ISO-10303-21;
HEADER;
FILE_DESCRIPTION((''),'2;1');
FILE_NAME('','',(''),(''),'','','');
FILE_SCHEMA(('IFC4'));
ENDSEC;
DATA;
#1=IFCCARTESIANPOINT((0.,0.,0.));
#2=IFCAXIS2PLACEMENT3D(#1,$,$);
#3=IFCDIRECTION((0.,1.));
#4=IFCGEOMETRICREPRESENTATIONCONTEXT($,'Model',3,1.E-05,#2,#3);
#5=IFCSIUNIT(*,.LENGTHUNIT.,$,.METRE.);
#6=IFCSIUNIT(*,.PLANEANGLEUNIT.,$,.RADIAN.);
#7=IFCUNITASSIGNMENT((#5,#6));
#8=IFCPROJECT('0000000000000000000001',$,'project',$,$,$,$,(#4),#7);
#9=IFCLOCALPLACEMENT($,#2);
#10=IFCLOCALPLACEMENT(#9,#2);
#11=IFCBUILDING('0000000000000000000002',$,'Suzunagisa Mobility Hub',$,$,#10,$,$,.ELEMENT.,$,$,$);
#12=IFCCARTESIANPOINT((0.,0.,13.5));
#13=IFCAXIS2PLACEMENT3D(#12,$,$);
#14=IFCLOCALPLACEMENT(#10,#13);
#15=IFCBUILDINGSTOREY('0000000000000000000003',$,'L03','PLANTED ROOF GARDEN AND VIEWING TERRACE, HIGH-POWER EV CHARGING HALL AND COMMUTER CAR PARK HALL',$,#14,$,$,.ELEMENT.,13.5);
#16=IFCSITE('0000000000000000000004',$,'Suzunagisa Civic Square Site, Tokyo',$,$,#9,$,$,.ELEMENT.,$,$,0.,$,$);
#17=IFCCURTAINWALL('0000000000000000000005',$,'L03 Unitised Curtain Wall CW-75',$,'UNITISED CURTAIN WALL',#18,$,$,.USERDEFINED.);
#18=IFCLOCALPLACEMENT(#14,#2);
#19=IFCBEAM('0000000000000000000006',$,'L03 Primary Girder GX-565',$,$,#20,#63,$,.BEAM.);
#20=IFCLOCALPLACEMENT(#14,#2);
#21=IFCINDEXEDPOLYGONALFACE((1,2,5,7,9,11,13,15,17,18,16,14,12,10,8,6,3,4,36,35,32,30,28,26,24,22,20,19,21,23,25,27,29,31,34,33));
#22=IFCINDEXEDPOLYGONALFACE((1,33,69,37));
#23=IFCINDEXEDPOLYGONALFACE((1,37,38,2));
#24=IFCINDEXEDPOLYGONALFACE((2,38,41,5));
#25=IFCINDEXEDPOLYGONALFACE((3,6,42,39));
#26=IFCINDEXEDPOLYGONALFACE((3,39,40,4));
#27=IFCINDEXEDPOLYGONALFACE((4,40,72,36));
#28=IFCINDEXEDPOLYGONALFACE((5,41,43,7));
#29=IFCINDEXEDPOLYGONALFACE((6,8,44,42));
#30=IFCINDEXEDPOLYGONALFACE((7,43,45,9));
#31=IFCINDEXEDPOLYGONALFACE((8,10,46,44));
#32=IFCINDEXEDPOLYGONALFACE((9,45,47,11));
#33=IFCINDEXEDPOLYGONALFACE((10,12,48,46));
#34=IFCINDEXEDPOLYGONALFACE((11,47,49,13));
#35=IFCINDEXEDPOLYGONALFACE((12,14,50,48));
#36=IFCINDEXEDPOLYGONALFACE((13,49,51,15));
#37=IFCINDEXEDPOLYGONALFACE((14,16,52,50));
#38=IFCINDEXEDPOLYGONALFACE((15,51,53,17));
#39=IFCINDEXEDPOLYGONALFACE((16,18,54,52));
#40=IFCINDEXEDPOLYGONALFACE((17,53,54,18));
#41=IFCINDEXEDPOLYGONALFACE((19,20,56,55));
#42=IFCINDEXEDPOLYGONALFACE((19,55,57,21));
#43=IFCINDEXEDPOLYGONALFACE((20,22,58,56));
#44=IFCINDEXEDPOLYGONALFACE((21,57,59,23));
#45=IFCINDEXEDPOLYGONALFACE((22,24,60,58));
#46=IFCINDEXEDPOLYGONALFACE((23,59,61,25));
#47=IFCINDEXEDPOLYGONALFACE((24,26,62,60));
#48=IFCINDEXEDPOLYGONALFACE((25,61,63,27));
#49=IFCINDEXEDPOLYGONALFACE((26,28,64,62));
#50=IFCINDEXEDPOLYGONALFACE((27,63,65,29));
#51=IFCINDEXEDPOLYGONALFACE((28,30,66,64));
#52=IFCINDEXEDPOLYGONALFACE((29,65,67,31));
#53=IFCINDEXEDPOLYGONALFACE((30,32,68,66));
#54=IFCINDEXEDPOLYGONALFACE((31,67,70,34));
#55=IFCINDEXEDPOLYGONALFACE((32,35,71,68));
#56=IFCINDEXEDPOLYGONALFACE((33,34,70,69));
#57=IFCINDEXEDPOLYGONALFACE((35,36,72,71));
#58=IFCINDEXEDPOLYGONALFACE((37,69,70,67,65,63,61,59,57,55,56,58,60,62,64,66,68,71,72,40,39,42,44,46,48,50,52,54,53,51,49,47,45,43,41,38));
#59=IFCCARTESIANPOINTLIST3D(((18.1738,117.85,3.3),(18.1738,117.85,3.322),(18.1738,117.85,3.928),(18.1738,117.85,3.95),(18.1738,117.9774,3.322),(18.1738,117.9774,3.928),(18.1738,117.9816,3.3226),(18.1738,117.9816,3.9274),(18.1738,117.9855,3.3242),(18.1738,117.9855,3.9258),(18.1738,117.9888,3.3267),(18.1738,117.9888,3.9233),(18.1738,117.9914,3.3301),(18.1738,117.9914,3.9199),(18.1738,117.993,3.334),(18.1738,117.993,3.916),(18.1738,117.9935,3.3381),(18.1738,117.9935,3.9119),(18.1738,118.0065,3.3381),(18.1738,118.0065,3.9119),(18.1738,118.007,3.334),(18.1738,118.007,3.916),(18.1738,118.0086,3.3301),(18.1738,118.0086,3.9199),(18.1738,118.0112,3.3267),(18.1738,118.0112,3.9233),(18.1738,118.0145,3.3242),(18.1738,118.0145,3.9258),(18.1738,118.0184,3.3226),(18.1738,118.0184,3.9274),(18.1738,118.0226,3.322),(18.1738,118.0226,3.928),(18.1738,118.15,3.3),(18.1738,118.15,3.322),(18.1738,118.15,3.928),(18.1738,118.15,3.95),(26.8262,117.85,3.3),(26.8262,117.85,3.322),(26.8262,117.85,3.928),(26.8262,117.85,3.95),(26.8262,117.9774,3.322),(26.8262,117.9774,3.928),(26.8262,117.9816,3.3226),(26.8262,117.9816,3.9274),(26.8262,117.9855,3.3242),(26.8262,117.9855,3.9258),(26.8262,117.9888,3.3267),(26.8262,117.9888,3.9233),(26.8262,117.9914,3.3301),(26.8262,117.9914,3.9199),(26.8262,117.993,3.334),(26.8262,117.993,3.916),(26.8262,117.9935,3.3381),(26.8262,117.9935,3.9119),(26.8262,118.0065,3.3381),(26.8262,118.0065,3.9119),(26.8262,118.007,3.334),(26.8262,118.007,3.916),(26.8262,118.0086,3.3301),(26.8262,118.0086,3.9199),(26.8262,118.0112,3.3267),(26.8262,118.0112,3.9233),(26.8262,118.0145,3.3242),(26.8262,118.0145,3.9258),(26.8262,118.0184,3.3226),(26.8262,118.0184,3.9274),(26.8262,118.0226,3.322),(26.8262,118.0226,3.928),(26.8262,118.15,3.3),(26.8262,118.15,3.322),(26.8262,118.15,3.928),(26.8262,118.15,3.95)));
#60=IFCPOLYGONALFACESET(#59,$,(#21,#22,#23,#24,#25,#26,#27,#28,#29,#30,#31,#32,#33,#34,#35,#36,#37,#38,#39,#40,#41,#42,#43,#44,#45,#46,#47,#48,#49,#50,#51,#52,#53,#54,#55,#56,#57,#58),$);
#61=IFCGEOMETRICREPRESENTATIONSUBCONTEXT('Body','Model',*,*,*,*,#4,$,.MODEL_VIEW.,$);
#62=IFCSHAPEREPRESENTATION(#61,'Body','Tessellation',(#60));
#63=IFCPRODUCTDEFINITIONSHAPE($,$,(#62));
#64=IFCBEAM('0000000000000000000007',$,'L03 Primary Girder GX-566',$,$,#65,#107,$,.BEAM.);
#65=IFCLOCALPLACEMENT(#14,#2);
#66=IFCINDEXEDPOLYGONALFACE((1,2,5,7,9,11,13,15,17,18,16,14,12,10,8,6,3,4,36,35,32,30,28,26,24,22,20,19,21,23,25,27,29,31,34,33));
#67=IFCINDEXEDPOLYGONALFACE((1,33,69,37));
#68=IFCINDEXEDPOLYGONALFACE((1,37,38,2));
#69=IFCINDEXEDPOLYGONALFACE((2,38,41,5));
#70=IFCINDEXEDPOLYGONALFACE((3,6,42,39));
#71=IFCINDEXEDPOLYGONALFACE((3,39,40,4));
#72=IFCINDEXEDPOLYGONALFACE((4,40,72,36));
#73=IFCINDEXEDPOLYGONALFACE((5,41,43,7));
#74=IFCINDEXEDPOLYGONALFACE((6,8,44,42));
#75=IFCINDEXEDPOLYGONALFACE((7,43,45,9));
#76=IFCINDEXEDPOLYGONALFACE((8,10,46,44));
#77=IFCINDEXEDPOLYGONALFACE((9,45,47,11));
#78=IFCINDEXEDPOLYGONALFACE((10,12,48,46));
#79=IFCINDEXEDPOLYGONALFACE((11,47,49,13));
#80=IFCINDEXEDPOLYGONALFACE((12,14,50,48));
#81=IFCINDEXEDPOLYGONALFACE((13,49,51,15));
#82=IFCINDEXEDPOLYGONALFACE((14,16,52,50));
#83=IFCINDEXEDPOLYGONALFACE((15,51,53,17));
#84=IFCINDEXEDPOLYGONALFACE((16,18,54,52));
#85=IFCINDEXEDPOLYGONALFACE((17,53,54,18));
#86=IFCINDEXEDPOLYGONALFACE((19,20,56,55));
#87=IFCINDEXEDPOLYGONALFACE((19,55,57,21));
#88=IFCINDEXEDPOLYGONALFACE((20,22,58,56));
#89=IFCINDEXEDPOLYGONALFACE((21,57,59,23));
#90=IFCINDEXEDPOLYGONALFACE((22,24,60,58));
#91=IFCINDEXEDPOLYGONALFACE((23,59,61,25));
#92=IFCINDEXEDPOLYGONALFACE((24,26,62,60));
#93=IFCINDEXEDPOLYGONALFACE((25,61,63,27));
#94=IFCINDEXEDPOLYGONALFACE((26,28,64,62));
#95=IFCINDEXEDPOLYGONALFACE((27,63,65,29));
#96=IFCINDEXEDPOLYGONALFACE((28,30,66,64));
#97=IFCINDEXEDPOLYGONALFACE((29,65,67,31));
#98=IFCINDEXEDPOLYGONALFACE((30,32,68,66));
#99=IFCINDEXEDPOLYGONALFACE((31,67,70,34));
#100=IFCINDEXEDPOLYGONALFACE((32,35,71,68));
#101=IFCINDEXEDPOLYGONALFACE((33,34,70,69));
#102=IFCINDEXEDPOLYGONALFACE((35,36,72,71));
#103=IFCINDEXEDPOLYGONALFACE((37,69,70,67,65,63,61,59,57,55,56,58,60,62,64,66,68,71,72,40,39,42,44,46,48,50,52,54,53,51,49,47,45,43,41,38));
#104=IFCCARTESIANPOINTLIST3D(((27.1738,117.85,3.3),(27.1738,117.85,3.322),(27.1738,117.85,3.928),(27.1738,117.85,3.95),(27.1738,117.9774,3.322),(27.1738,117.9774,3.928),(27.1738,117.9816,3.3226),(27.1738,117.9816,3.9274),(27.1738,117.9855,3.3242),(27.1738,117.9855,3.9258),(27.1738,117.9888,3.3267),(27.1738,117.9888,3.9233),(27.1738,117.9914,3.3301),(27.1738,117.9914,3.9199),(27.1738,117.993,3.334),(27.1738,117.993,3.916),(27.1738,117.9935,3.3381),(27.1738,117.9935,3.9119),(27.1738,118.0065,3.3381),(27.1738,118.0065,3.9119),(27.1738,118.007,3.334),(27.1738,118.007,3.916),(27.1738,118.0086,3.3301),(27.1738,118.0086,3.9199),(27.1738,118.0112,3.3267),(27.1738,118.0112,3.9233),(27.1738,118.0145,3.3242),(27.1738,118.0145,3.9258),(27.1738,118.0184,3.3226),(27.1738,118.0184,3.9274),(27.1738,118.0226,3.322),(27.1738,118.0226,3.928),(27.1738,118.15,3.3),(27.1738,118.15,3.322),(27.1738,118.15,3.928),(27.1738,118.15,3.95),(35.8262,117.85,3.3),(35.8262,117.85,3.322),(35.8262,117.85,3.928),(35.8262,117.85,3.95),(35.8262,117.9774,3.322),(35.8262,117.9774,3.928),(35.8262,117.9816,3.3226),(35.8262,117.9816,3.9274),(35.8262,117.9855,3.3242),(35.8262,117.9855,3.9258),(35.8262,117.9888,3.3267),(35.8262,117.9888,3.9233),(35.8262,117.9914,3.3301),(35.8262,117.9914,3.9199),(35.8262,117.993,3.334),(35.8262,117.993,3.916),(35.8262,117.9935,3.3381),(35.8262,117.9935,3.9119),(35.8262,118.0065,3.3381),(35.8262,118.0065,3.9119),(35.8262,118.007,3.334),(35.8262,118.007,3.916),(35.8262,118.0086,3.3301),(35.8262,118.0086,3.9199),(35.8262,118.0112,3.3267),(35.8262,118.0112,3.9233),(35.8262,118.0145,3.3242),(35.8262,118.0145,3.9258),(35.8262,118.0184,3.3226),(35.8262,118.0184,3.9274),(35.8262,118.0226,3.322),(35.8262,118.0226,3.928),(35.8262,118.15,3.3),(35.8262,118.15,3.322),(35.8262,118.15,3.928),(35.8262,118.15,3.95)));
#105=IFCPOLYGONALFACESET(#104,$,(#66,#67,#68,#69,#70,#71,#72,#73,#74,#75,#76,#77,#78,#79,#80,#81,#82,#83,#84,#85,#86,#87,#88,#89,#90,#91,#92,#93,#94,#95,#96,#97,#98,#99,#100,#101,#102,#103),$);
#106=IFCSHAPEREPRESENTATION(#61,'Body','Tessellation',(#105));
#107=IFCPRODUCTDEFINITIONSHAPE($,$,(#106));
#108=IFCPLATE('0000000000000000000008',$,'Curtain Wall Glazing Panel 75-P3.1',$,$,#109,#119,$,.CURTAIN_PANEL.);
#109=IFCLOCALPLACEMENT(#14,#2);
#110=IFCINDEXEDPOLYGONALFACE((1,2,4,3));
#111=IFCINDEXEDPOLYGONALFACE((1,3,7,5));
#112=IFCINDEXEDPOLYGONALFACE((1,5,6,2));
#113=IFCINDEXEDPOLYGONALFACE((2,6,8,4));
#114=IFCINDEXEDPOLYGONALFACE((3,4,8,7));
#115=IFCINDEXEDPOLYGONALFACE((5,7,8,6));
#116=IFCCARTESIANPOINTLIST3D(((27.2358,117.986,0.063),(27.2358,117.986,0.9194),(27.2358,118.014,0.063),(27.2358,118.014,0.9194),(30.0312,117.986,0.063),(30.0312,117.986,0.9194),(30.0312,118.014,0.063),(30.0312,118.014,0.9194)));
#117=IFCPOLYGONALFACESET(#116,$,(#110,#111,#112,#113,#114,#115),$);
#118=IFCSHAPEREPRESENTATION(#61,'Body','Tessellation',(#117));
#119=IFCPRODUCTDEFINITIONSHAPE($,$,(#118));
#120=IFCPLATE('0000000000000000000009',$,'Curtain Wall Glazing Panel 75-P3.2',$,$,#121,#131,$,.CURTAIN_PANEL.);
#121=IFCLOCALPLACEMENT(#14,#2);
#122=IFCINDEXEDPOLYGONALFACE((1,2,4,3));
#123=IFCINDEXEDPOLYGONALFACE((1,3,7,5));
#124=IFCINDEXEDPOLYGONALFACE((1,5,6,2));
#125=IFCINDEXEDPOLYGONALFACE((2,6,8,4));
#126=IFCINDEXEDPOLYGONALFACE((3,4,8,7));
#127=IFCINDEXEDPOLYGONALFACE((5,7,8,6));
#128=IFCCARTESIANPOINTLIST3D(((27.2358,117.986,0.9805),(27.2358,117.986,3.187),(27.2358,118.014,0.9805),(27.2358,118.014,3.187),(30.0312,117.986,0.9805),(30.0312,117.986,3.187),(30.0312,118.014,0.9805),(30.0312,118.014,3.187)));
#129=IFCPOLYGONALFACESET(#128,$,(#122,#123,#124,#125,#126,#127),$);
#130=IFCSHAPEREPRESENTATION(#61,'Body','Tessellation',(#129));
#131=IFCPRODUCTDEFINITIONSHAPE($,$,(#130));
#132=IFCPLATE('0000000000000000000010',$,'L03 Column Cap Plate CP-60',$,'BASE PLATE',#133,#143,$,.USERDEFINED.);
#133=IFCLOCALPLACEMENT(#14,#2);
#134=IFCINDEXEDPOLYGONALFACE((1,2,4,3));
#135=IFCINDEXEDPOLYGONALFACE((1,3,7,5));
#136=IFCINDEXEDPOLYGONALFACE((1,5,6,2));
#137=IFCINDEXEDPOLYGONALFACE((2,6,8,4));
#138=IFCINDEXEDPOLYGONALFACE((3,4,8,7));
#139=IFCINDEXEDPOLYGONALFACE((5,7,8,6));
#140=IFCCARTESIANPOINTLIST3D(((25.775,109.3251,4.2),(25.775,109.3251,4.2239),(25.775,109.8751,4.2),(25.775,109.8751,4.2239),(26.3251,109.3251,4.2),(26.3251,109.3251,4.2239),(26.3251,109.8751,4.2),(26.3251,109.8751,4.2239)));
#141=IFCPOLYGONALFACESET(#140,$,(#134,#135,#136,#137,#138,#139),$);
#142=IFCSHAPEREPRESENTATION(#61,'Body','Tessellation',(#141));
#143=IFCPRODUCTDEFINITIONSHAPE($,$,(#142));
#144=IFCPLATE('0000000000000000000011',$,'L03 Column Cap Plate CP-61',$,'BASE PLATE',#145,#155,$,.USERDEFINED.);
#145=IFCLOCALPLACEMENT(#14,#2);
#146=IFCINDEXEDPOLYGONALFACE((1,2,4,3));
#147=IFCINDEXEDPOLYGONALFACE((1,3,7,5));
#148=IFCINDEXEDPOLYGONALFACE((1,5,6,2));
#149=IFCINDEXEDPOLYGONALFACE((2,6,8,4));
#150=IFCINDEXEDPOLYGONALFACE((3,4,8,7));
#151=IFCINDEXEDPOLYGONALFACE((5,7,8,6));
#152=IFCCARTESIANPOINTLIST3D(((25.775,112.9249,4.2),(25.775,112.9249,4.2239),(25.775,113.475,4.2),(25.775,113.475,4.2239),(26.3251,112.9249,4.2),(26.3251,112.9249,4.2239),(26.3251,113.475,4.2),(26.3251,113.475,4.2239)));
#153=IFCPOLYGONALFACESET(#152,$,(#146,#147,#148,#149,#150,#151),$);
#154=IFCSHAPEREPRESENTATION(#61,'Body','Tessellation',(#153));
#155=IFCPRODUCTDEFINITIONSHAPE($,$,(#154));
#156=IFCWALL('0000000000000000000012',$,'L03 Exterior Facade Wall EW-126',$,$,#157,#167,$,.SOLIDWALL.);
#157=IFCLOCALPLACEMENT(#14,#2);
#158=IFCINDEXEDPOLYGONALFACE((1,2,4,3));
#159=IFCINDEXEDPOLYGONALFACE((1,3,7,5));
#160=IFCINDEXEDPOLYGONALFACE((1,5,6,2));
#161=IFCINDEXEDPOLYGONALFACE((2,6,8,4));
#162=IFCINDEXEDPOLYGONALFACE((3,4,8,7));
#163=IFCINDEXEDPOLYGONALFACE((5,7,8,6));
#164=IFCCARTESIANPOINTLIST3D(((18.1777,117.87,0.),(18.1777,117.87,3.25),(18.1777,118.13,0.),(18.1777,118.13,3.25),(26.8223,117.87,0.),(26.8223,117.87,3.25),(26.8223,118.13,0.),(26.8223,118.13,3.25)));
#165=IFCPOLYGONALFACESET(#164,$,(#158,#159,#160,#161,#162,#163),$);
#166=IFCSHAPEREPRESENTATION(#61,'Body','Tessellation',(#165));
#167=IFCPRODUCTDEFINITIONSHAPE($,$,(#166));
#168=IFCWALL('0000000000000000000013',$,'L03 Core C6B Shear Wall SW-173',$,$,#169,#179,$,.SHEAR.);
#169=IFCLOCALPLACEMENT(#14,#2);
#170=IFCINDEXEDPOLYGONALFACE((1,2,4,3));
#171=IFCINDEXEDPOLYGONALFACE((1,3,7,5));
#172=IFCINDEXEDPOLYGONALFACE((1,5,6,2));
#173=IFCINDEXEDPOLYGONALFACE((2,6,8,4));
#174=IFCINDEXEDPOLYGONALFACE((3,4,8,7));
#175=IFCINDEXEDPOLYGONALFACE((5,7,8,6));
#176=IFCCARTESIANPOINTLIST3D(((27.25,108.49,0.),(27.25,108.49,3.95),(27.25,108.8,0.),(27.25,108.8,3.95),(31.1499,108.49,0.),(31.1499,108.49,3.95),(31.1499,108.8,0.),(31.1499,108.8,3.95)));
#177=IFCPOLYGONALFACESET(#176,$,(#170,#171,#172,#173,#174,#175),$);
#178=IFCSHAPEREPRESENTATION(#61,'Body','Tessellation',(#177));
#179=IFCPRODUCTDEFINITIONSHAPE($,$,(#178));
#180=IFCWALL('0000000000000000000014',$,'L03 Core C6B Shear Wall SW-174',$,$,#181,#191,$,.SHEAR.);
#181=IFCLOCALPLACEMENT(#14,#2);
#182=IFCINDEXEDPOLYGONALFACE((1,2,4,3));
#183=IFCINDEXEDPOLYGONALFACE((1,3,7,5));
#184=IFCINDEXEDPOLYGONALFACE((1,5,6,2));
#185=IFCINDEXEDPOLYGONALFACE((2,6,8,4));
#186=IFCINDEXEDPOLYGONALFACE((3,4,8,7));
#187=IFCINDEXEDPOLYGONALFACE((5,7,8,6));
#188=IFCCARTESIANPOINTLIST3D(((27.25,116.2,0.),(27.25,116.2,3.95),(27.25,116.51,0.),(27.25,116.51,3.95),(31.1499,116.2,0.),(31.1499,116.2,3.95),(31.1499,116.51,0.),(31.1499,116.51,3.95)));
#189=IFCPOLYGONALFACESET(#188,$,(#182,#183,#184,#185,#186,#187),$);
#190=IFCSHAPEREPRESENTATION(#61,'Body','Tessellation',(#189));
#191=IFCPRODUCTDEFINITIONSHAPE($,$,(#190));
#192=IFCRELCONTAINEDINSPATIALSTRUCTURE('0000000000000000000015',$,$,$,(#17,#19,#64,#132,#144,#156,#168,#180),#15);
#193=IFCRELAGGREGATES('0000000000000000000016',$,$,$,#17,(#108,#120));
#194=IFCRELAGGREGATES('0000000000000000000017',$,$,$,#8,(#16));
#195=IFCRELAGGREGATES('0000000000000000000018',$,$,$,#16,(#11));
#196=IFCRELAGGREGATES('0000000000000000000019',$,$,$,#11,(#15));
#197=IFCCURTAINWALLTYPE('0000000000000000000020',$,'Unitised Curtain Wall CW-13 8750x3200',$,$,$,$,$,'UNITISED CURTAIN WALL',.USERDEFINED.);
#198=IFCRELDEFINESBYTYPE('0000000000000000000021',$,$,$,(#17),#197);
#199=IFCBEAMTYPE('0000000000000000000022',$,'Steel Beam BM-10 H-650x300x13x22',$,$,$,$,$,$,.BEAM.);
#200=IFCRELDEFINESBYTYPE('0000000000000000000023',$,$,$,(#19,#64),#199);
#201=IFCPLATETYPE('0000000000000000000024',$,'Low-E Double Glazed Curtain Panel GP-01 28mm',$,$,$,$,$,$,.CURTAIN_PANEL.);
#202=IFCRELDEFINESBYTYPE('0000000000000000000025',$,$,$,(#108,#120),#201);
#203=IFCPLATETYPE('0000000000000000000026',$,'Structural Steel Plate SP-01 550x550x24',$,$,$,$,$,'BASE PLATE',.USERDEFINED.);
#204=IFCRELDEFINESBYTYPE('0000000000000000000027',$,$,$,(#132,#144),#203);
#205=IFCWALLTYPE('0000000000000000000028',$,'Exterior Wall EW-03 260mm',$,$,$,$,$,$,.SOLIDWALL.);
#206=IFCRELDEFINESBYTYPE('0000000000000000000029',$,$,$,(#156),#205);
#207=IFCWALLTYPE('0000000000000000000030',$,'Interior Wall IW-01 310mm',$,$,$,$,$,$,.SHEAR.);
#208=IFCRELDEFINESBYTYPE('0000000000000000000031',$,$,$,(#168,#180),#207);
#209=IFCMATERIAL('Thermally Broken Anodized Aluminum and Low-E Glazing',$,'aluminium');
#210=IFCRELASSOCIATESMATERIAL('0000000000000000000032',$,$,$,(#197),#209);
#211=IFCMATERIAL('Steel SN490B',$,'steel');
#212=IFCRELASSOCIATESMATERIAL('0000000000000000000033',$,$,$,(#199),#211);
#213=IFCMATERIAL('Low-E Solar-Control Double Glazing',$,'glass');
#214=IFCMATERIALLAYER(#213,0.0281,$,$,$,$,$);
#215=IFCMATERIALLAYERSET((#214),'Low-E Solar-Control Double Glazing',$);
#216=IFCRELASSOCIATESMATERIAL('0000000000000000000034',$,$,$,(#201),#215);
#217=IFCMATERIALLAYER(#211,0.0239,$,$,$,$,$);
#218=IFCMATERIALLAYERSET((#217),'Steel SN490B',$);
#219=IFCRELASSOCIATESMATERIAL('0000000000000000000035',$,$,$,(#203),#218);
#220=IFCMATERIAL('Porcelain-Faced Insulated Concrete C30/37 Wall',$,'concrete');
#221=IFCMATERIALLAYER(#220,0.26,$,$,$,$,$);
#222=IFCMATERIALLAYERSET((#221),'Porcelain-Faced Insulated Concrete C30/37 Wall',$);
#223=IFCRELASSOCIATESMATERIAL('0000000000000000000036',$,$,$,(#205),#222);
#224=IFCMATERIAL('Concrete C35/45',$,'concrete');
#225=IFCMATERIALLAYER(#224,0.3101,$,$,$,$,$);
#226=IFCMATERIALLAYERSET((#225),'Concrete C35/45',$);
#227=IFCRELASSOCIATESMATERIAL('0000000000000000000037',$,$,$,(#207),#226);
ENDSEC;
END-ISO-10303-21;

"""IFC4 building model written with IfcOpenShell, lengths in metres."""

from ifc_helpers import new_model, si_unit, direction, frame, frame_2d, origin, origin_2d, place, context, subcontext, project, spatial, rectangle, i_section, extrude, material, layer, layer_set, material_profile, profile_set, type_object, element, aggregate, save


model = new_model("IFC4")

# Units and contexts
model_context = context("Model", 3, precision=1e-05, world=origin(), true_north=direction((0.0, 1.0)))
body_context = subcontext(model_context, "Body", "Model", "MODEL_VIEW")
ifc_project = project(units=[si_unit("LENGTHUNIT", "METRE"), si_unit("PLANEANGLEUNIT", "RADIAN")], contexts=[model_context])

# Site, building, storey
site_placement = place(None, origin())
site = spatial("IfcSite", under=ifc_project, at=site_placement, Name="Suzunagisa Civic Square Site, Tokyo", CompositionType="ELEMENT", RefElevation=0.0)
building_placement = place(site_placement, origin())
building = spatial("IfcBuilding", under=site, at=building_placement, Name="Suzunagisa Mobility Hub", CompositionType="ELEMENT")
storey_placement = place(building_placement, frame((0.0, 0.0, 13.5)))
storey = spatial("IfcBuildingStorey", under=building, at=storey_placement, Name="L03", Description="PLANTED ROOF GARDEN AND VIEWING TERRACE, HIGH-POWER EV CHARGING HALL AND COMMUTER CAR PARK HALL", CompositionType="ELEMENT", Elevation=13.5)

# Shared definitions
ifc_material_1 = material(Name="Steel SN490B", Category="steel")

# Curtain wall
ifc_material_2 = material(Name="Thermally Broken Anodized Aluminum and Low-E Glazing", Category="aluminium")
curtain_wall_type = type_object("IfcCurtainWallType", Name="Unitised Curtain Wall CW-13 8750x3200", ElementType="UNITISED CURTAIN WALL", PredefinedType="USERDEFINED", material=ifc_material_2)
curtain_wall_placement = place(storey_placement, origin())
curtain_wall = element("IfcCurtainWall", 1, at=curtain_wall_placement, inside=storey, type_object=curtain_wall_type, Name="L03 Unitised Curtain Wall CW-75", ObjectType="UNITISED CURTAIN WALL", PredefinedType="USERDEFINED")

# Beams
ifc_material_profile_1 = material_profile(ifc_material_1, i_section(OverallWidth=0.3, OverallDepth=0.6499, WebThickness=0.0129, FlangeThickness=0.022, FilletRadius=0.0161, at=origin_2d()), Name="H-650x300x13x22")
ifc_profile_set_1 = profile_set([ifc_material_profile_1], Name="Steel SN490B")
beam_type = type_object("IfcBeamType", Name="Steel Beam BM-10 H-650x300x13x22", PredefinedType="BEAM", material=ifc_profile_set_1)
for number, where, z_axis, x_axis, name in (
    (2, (18.1738, 118.0, 3.625), (1.0, 0.0, 0.0), (0.0, 1.0, 0.0), "L03 Primary Girder GX-565"),
    (3, (27.1738, 118.0, 3.625), (1.0, 0.0, 0.0), (0.0, 1.0, 0.0), "L03 Primary Girder GX-566"),
):
    element("IfcBeam", number, at=place(storey_placement, frame(where, z_axis=z_axis, x_axis=x_axis)), inside=storey, type_object=beam_type, Name=name, PredefinedType="BEAM", context=body_context, shape_type="SweptSolid", body=[
        extrude(i_section(OverallWidth=0.3, OverallDepth=0.6499, WebThickness=0.0129, FlangeThickness=0.022, FilletRadius=0.0161, at=origin_2d()), origin(), (0.0, 0.0, 1.0), 8.6523),
    ])

# Plates
ifc_material_3 = material(Name="Low-E Solar-Control Double Glazing", Category="glass")
ifc_layer_1 = layer(ifc_material_3, 0.0281)
ifc_layer_set_1 = layer_set([ifc_layer_1], Name="Low-E Solar-Control Double Glazing")
plate_type_1 = type_object("IfcPlateType", Name="Low-E Double Glazed Curtain Panel GP-01 28mm", PredefinedType="CURTAIN_PANEL", material=ifc_layer_set_1)
plate_1_placement = place(storey_placement, frame((28.6335, 118.0, 0.063), z_axis=(0.0, 0.0, 1.0), x_axis=(-1.0, 0.0, 0.0)))
plate_1 = element("IfcPlate", 4, at=plate_1_placement, type_object=plate_type_1, Name="Curtain Wall Glazing Panel 75-P3.1", PredefinedType="CURTAIN_PANEL", context=body_context, shape_type="SweptSolid", body=[
    extrude(rectangle(XDim=2.7954, YDim=0.0281, at=origin_2d()), origin(), (0.0, 0.0, 1.0), 0.8564),
])
plate_2_placement = place(storey_placement, frame((28.6335, 118.0, 0.9805), z_axis=(0.0, 0.0, 1.0), x_axis=(-1.0, 0.0, 0.0)))
plate_2 = element("IfcPlate", 5, at=plate_2_placement, type_object=plate_type_1, Name="Curtain Wall Glazing Panel 75-P3.2", PredefinedType="CURTAIN_PANEL", context=body_context, shape_type="SweptSolid", body=[
    extrude(rectangle(XDim=2.7954, YDim=0.0281, at=origin_2d()), origin(), (0.0, 0.0, 1.0), 2.2065),
])
aggregate(curtain_wall, [plate_1, plate_2])

# Plates
ifc_layer_2 = layer(ifc_material_1, 0.0239)
ifc_layer_set_2 = layer_set([ifc_layer_2], Name="Steel SN490B")
plate_type_2 = type_object("IfcPlateType", Name="Structural Steel Plate SP-01 550x550x24", ElementType="BASE PLATE", PredefinedType="USERDEFINED", material=ifc_layer_set_2)
for number, where, z_axis, x_axis, name in (
    (6, (26.05, 109.6001, 4.2), (0.0, 0.0, 1.0), (1.0, 0.0, 0.0), "L03 Column Cap Plate CP-60"),
    (7, (26.05, 113.2, 4.2), (0.0, 0.0, 1.0), (1.0, 0.0, 0.0), "L03 Column Cap Plate CP-61"),
):
    element("IfcPlate", number, at=place(storey_placement, frame(where, z_axis=z_axis, x_axis=x_axis)), inside=storey, type_object=plate_type_2, Name=name, ObjectType="BASE PLATE", PredefinedType="USERDEFINED", context=body_context, shape_type="SweptSolid", body=[
        extrude(rectangle(XDim=0.55, YDim=0.55, at=origin_2d()), origin(), (0.0, 0.0, 1.0), 0.0239),
    ])

# Walls
ifc_material_4 = material(Name="Porcelain-Faced Insulated Concrete C30/37 Wall", Category="concrete")
ifc_layer_3 = layer(ifc_material_4, 0.26)
ifc_layer_set_3 = layer_set([ifc_layer_3], Name="Porcelain-Faced Insulated Concrete C30/37 Wall")
wall_type_1 = type_object("IfcWallType", Name="Exterior Wall EW-03 260mm", PredefinedType="SOLIDWALL", material=ifc_layer_set_3)
wall_1_placement = place(storey_placement, frame((26.8223, 118.0, 0.0), z_axis=(0.0, 0.0, 1.0), x_axis=(-1.0, 0.0, 0.0)))
element("IfcWall", 8, at=wall_1_placement, inside=storey, type_object=wall_type_1, Name="L03 Exterior Facade Wall EW-126", PredefinedType="SOLIDWALL", context=body_context, shape_type="SweptSolid", body=[
    extrude(rectangle(XDim=8.6445, YDim=0.26, at=frame_2d((4.3223, 0.0))), origin(), (0.0, 0.0, 1.0), 3.25),
])
ifc_material_5 = material(Name="Concrete C35/45", Category="concrete")
ifc_layer_4 = layer(ifc_material_5, 0.3101)
ifc_layer_set_4 = layer_set([ifc_layer_4], Name="Concrete C35/45")
wall_type_2 = type_object("IfcWallType", Name="Interior Wall IW-01 310mm", PredefinedType="SHEAR", material=ifc_layer_set_4)
for number, where, z_axis, x_axis, name in (
    (9, (27.25, 108.645, 0.0), (0.0, 0.0, 1.0), (1.0, 0.0, 0.0), "L03 Core C6B Shear Wall SW-173"),
    (10, (27.25, 116.355, 0.0), (0.0, 0.0, 1.0), (1.0, 0.0, 0.0), "L03 Core C6B Shear Wall SW-174"),
):
    element("IfcWall", number, at=place(storey_placement, frame(where, z_axis=z_axis, x_axis=x_axis)), inside=storey, type_object=wall_type_2, Name=name, PredefinedType="SHEAR", context=body_context, shape_type="SweptSolid", body=[
        extrude(rectangle(XDim=3.8999, YDim=0.3101, at=frame_2d((1.95, 0.0))), origin(), (0.0, 0.0, 1.0), 3.95),
    ])

save(model, "model.ifc")
